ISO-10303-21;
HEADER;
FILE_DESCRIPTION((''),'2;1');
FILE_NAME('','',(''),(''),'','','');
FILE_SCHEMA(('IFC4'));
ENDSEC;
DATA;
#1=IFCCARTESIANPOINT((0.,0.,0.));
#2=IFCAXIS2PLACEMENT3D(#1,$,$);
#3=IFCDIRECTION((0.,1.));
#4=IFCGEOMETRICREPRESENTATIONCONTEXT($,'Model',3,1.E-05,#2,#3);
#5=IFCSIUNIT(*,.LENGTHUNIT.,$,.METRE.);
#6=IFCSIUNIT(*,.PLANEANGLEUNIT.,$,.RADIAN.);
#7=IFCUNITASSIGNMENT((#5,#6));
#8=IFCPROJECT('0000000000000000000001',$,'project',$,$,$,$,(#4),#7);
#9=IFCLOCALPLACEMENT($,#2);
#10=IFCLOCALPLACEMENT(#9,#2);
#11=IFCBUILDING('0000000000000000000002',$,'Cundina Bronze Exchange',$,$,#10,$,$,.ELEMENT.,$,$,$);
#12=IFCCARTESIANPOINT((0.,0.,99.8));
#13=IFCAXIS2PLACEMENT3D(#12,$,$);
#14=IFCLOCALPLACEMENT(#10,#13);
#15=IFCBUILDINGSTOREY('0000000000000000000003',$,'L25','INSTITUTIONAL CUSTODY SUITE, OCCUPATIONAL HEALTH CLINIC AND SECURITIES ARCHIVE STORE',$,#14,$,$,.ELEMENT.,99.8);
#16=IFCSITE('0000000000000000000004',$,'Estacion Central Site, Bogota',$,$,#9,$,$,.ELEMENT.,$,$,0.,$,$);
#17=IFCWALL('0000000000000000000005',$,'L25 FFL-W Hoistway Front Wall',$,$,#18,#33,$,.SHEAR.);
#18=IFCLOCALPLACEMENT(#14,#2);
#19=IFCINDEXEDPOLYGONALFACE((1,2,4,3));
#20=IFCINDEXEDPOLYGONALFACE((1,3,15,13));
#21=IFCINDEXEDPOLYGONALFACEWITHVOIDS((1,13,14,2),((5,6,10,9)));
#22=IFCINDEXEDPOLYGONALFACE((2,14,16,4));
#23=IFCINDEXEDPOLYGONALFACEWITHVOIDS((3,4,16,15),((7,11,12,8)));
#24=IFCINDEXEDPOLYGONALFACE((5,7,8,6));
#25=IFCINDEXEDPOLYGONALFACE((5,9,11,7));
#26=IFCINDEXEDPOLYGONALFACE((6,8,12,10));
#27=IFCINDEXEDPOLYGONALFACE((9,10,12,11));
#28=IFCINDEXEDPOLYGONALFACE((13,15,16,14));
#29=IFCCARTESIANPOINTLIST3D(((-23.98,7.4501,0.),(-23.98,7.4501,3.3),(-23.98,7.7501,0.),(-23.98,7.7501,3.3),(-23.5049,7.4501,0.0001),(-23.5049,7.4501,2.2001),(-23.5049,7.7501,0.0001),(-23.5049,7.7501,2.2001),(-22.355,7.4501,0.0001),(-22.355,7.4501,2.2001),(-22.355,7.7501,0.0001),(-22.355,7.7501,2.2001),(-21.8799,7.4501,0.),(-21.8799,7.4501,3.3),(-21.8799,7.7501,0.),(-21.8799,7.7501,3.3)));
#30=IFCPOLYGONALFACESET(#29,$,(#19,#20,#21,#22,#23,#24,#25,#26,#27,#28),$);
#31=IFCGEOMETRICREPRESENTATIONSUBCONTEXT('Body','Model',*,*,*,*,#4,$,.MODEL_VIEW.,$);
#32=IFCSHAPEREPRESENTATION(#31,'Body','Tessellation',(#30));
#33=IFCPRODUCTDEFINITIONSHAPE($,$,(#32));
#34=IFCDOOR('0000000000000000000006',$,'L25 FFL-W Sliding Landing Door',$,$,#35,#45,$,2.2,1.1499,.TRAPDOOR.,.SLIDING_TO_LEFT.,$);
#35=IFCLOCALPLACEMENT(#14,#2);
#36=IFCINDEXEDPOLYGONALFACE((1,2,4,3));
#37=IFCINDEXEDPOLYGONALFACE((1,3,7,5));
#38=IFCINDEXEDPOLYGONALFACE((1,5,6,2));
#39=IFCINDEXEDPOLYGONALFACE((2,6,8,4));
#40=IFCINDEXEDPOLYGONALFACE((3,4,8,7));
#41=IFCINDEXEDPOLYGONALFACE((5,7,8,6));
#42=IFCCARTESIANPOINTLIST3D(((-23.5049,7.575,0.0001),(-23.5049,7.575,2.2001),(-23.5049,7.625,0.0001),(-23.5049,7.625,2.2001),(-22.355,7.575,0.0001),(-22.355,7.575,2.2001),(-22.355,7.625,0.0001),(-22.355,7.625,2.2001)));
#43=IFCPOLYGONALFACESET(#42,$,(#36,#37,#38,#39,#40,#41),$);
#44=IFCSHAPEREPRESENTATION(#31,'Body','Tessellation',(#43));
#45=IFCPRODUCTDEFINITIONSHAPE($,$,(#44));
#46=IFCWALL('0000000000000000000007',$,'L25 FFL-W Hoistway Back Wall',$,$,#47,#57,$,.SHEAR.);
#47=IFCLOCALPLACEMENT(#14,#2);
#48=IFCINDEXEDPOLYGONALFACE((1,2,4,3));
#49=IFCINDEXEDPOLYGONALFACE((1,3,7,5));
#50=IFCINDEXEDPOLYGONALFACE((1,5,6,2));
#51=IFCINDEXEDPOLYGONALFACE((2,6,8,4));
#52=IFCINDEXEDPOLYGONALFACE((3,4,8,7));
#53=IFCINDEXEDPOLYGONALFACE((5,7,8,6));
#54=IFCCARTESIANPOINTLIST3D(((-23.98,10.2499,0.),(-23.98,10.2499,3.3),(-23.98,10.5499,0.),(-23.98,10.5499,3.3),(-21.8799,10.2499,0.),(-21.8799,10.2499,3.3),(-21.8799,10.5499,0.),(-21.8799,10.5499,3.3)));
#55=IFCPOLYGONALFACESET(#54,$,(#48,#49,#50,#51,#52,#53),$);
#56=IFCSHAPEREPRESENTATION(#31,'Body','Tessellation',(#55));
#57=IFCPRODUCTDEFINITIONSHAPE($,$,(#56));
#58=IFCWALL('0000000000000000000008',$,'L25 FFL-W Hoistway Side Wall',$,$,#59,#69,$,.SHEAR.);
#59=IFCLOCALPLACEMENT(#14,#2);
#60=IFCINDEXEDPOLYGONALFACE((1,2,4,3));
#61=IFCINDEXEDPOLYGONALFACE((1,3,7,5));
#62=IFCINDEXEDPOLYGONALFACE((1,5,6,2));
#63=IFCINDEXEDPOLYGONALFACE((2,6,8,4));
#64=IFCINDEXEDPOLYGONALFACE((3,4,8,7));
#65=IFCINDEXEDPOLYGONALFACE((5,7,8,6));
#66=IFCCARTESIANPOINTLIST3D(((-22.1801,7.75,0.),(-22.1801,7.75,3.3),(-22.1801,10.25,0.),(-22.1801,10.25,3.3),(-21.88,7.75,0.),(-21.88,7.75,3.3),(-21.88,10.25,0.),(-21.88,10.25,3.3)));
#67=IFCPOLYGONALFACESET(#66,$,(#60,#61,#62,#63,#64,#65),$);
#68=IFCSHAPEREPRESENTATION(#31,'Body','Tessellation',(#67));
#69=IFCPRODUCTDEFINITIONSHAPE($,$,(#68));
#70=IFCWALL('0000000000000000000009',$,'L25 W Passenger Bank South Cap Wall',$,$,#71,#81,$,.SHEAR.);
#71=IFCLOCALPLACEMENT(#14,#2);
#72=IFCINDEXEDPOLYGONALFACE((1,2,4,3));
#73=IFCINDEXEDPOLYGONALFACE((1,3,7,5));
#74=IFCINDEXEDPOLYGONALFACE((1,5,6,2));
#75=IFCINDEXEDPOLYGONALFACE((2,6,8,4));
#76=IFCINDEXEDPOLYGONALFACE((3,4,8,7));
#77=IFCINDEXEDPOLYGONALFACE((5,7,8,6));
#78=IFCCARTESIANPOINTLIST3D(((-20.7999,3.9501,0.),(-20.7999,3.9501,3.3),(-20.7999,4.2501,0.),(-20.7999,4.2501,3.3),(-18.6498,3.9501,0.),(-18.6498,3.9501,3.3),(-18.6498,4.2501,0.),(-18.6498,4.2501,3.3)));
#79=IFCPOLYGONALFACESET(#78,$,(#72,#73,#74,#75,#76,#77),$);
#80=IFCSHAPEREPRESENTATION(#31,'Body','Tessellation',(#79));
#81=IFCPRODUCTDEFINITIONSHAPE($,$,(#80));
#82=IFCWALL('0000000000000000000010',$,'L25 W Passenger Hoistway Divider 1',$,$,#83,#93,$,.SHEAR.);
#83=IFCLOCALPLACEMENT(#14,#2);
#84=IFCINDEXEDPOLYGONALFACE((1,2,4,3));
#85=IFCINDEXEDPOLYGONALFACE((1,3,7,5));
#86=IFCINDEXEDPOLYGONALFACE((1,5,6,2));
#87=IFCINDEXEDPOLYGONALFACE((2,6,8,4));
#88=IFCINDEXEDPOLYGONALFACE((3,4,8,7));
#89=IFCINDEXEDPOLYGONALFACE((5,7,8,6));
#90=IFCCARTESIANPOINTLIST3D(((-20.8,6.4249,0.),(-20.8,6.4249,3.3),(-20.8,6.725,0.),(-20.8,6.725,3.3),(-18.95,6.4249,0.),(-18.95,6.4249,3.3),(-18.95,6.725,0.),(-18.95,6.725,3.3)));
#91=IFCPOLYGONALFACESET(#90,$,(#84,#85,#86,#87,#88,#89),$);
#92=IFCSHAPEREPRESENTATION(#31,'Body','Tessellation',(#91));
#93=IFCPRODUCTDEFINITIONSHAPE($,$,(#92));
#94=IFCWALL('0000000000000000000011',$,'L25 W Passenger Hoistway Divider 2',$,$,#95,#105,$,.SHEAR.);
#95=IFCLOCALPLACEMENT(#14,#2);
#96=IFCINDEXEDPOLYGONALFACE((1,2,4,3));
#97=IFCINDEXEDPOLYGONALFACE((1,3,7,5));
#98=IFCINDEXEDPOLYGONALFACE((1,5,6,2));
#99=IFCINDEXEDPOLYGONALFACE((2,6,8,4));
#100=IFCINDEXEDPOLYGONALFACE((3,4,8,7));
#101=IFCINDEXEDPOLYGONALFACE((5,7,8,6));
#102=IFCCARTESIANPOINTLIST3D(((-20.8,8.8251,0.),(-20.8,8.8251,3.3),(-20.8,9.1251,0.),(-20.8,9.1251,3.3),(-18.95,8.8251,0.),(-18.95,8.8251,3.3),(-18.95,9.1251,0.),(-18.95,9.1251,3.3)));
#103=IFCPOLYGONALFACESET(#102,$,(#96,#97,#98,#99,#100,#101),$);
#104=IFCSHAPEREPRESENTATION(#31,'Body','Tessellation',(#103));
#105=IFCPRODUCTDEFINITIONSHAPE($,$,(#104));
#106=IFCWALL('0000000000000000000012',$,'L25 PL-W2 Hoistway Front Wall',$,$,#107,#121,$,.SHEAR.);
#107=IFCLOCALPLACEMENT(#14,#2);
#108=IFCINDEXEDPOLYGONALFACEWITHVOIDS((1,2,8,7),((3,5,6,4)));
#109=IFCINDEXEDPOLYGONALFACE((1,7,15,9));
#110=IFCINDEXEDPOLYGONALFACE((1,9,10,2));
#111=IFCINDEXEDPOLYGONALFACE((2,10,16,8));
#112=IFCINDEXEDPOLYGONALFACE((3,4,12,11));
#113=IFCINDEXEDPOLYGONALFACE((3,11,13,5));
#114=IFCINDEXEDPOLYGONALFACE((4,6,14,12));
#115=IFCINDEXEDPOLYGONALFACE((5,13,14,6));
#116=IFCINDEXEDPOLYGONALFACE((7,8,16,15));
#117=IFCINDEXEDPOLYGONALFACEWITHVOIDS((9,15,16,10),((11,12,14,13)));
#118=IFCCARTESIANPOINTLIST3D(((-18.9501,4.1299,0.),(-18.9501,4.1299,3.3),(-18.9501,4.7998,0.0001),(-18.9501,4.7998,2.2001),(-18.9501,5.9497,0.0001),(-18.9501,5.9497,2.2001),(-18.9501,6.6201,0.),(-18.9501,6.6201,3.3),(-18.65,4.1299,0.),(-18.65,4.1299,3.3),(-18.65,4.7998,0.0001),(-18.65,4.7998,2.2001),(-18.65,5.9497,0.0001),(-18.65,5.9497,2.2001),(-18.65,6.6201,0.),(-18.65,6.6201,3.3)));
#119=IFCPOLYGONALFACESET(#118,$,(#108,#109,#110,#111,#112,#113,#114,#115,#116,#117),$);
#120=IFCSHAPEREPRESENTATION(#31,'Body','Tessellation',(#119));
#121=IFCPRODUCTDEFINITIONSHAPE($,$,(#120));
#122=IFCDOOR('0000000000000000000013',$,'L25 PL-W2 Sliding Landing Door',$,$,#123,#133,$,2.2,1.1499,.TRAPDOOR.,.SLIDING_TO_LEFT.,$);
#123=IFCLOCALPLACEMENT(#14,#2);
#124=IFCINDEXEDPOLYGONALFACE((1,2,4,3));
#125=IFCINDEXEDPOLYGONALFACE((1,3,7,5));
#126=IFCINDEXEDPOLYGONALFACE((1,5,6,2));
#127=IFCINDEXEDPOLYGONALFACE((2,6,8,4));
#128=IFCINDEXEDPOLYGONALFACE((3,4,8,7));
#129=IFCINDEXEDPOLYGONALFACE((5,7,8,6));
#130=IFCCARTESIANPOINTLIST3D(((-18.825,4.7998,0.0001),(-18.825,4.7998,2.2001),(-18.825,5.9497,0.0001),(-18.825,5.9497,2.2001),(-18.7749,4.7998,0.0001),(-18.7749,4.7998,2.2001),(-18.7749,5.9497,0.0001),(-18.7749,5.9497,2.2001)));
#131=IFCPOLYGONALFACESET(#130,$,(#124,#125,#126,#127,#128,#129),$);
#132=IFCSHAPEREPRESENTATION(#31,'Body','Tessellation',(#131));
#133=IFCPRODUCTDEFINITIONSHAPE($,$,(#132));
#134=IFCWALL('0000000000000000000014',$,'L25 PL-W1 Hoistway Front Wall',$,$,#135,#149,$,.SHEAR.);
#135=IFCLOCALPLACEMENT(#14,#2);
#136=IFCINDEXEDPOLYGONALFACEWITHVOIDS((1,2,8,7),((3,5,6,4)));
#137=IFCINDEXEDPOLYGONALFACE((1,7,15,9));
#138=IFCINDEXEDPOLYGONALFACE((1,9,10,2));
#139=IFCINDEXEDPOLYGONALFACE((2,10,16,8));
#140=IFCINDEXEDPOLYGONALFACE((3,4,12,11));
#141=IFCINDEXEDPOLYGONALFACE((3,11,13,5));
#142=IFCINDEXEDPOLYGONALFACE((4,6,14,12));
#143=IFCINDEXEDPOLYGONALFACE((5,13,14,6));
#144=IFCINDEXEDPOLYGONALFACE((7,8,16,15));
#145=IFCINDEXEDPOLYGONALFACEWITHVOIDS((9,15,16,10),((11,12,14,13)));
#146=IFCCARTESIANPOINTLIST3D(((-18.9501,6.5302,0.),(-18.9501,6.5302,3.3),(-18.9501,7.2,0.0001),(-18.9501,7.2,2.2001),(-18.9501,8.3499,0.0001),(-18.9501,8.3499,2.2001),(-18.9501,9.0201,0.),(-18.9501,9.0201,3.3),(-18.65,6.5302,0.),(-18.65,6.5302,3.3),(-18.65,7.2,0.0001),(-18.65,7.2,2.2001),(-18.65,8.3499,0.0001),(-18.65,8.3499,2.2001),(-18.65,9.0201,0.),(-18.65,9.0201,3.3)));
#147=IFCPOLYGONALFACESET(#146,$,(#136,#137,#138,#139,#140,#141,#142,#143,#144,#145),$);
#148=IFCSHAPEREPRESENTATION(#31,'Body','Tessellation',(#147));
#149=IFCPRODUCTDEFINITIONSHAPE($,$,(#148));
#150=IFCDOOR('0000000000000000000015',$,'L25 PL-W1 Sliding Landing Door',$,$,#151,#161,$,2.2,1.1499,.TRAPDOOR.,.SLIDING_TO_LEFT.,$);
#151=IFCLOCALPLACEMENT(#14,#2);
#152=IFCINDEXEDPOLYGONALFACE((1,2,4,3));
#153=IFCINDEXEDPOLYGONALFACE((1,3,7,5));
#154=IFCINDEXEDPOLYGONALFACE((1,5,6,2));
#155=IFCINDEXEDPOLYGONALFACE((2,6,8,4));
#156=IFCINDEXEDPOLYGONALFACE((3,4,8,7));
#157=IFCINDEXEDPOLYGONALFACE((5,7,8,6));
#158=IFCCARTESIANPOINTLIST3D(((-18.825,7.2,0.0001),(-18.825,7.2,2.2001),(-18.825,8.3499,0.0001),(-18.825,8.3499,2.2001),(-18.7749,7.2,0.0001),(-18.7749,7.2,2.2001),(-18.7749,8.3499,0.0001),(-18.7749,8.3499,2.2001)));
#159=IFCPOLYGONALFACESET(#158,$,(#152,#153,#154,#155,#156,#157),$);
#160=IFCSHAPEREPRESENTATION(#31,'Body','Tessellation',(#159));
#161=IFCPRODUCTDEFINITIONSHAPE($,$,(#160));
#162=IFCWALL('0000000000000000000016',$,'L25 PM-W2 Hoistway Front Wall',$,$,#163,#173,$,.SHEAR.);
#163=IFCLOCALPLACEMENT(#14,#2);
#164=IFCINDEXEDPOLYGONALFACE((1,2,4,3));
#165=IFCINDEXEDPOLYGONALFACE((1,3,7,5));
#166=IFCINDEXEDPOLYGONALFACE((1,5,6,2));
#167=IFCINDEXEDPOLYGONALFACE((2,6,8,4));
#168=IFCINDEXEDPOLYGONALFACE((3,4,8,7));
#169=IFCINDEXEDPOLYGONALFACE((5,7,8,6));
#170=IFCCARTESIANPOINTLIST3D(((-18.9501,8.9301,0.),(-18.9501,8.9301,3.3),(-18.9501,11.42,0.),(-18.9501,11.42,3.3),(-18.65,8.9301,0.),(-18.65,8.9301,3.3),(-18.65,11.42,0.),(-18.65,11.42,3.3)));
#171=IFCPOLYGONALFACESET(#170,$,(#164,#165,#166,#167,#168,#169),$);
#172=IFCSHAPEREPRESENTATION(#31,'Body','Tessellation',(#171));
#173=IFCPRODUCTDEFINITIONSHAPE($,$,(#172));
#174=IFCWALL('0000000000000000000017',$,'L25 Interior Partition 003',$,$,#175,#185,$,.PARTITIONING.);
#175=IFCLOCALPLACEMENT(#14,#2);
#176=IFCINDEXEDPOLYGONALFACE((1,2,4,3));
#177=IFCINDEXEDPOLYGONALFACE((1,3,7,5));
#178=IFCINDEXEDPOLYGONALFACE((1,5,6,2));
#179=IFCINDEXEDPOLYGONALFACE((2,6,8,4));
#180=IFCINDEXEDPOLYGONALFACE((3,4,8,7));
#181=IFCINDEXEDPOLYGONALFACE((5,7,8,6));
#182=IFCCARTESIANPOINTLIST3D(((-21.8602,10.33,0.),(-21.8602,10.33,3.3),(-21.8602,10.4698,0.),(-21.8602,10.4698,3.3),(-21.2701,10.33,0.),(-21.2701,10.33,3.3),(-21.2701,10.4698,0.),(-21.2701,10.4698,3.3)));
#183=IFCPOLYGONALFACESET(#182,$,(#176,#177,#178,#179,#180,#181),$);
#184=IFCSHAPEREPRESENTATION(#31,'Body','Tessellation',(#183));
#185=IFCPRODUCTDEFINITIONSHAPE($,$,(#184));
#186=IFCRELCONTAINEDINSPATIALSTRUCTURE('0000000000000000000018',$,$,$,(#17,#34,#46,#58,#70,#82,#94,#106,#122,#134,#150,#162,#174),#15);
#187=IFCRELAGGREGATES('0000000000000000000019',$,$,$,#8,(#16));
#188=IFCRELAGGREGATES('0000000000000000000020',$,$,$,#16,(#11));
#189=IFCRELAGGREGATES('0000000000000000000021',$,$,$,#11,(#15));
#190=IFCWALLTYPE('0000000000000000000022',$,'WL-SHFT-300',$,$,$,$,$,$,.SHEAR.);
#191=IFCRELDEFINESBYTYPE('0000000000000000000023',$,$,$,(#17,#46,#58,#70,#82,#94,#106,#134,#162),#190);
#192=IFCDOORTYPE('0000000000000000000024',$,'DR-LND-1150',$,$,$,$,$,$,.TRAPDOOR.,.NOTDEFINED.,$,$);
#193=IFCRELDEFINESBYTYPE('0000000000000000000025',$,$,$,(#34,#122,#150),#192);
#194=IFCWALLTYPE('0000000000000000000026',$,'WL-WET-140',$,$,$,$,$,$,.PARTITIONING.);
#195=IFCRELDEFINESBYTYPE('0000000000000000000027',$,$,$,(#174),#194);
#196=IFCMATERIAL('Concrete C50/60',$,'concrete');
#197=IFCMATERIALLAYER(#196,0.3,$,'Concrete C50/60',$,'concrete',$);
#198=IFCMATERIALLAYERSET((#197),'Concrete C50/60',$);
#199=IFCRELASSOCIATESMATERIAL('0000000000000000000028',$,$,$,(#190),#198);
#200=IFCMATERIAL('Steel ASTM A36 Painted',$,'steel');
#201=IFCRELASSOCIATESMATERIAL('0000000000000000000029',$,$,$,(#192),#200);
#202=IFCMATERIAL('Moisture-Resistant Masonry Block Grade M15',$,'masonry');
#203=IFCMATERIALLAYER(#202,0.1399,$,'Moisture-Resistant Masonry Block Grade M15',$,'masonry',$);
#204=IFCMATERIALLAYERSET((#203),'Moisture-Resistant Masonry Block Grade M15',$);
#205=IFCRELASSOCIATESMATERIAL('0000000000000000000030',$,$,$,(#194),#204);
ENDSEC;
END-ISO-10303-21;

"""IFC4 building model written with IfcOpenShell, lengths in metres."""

from ifc_helpers import new_model, si_unit, direction, frame, frame_2d, origin, place, context, subcontext, project, spatial, rectangle, extrude, material, layer, layer_set, type_object, element, fill, save


model = new_model("IFC4")

# Units and contexts
model_context = context("Model", 3, precision=1e-05, world=origin(), true_north=direction((0.0, 1.0)))
body_context = subcontext(model_context, "Body", "Model", "MODEL_VIEW")
ifc_project = project(units=[si_unit("LENGTHUNIT", "METRE"), si_unit("PLANEANGLEUNIT", "RADIAN")], contexts=[model_context])

# Site, building, storey
site_placement = place(None, origin())
site = spatial("IfcSite", under=ifc_project, at=site_placement, Name="Estacion Central Site, Bogota", CompositionType="ELEMENT", RefElevation=0.0)
building_placement = place(site_placement, origin())
building = spatial("IfcBuilding", under=site, at=building_placement, Name="Cundina Bronze Exchange", CompositionType="ELEMENT")
storey_placement = place(building_placement, frame((0.0, 0.0, 99.8)))
storey = spatial("IfcBuildingStorey", under=building, at=storey_placement, Name="L25", Description="INSTITUTIONAL CUSTODY SUITE, OCCUPATIONAL HEALTH CLINIC AND SECURITIES ARCHIVE STORE", CompositionType="ELEMENT", Elevation=99.8)

# Shared definitions
ifc_material_1 = material(Name="Concrete C50/60", Category="concrete")
ifc_layer_1 = layer(ifc_material_1, 0.3, Name="Concrete C50/60", Category="concrete")
ifc_layer_set_1 = layer_set([ifc_layer_1], Name="Concrete C50/60")
wall_type_1 = type_object("IfcWallType", Name="WL-SHFT-300", PredefinedType="SHEAR", material=ifc_layer_set_1)

# Wall, opening, door
wall_1_placement = place(storey_placement, frame((-23.98, 7.6001, 0.0), z_axis=(0.0, 0.0, 1.0), x_axis=(1.0, 0.0, 0.0)))
wall_1 = element("IfcWall", 1, at=wall_1_placement, inside=storey, type_object=wall_type_1, Name="L25 FFL-W Hoistway Front Wall", PredefinedType="SHEAR", context=body_context, shape_type="SweptSolid", body=[
    extrude(rectangle(XDim=2.1001, YDim=0.3, at=frame_2d((1.05, 0.0))), origin(), (0.0, 0.0, 1.0), 3.3),
])
opening_1_placement = place(wall_1_placement, frame((0.4751, 0.0, 0.0)))
opening_1 = element("IfcOpeningElement", 2, at=opening_1_placement, cuts=wall_1, PredefinedType="OPENING", context=body_context, shape_type="SweptSolid", body=[
    extrude(rectangle(XDim=1.1499, YDim=2.2, at=frame_2d((0.575, 1.1001))), frame((0.0, 0.1599, 0.0), z_axis=(0.0, -1.0, 0.0), x_axis=(1.0, 0.0, 0.0)), (0.0, 0.0, 1.0), 0.3201),
])
ifc_material_2 = material(Name="Steel ASTM A36 Painted", Category="steel")
door_type = type_object("IfcDoorType", Name="DR-LND-1150", OperationType="NOTDEFINED", PredefinedType="TRAPDOOR", material=ifc_material_2)
door_1_placement = place(opening_1_placement, origin())
door_1 = element("IfcDoor", 3, at=door_1_placement, inside=storey, type_object=door_type, Name="L25 FFL-W Sliding Landing Door", OperationType="SLIDING_TO_LEFT", OverallHeight=2.2, OverallWidth=1.1499, PredefinedType="TRAPDOOR", context=body_context, shape_type="SweptSolid", body=[
    extrude(rectangle(XDim=1.1499, YDim=2.2, at=frame_2d((0.575, 1.1001))), frame((0.0, 0.0249, 0.0), z_axis=(0.0, -1.0, 0.0), x_axis=(1.0, 0.0, 0.0)), (0.0, 0.0, 1.0), 0.05),
])
fill(opening_1, door_1)

# Walls
wall_2_placement = place(storey_placement, frame((-23.98, 10.3999, 0.0), z_axis=(0.0, 0.0, 1.0), x_axis=(1.0, 0.0, 0.0)))
element("IfcWall", 4, at=wall_2_placement, inside=storey, type_object=wall_type_1, Name="L25 FFL-W Hoistway Back Wall", PredefinedType="SHEAR", context=body_context, shape_type="SweptSolid", body=[
    extrude(rectangle(XDim=2.1001, YDim=0.3, at=frame_2d((1.05, 0.0))), origin(), (0.0, 0.0, 1.0), 3.3),
])
wall_3_placement = place(storey_placement, frame((-22.03, 7.75, 0.0), z_axis=(0.0, 0.0, 1.0), x_axis=(0.0, 1.0, 0.0)))
element("IfcWall", 5, at=wall_3_placement, inside=storey, type_object=wall_type_1, Name="L25 FFL-W Hoistway Side Wall", PredefinedType="SHEAR", context=body_context, shape_type="SweptSolid", body=[
    extrude(rectangle(XDim=2.5, YDim=0.3, at=frame_2d((1.25, 0.0))), origin(), (0.0, 0.0, 1.0), 3.3),
])
wall_4_placement = place(storey_placement, frame((-20.8, 4.1001, 0.0), z_axis=(0.0, 0.0, 1.0), x_axis=(1.0, 0.0, 0.0)))
element("IfcWall", 6, at=wall_4_placement, inside=storey, type_object=wall_type_1, Name="L25 W Passenger Bank South Cap Wall", PredefinedType="SHEAR", context=body_context, shape_type="SweptSolid", body=[
    extrude(rectangle(XDim=2.1501, YDim=0.3, at=frame_2d((1.0752, 0.0))), origin(), (0.0, 0.0, 1.0), 3.3),
])
for number, where, z_axis, x_axis, name in (
    (7, (-20.8, 6.575, 0.0), (0.0, 0.0, 1.0), (1.0, 0.0, 0.0), "L25 W Passenger Hoistway Divider 1"),
    (8, (-20.8, 8.9751, 0.0), (0.0, 0.0, 1.0), (1.0, 0.0, 0.0), "L25 W Passenger Hoistway Divider 2"),
):
    element("IfcWall", number, at=place(storey_placement, frame(where, z_axis=z_axis, x_axis=x_axis)), inside=storey, type_object=wall_type_1, Name=name, PredefinedType="SHEAR", context=body_context, shape_type="SweptSolid", body=[
        extrude(rectangle(XDim=1.8501, YDim=0.3, at=frame_2d((0.925, 0.0))), origin(), (0.0, 0.0, 1.0), 3.3),
    ])

# Walls, openings, doors
wall_5_placement = place(storey_placement, frame((-18.8, 4.1299, 0.0), z_axis=(0.0, 0.0, 1.0), x_axis=(0.0, 1.0, 0.0)))
wall_5 = element("IfcWall", 9, at=wall_5_placement, inside=storey, type_object=wall_type_1, Name="L25 PL-W2 Hoistway Front Wall", PredefinedType="SHEAR", context=body_context, shape_type="SweptSolid", body=[
    extrude(rectangle(XDim=2.4902, YDim=0.3, at=frame_2d((1.2451, 0.0))), origin(), (0.0, 0.0, 1.0), 3.3),
])
opening_2_placement = place(wall_5_placement, frame((0.6699, 0.0, 0.0)))
opening_2 = element("IfcOpeningElement", 10, at=opening_2_placement, cuts=wall_5, PredefinedType="OPENING", context=body_context, shape_type="SweptSolid", body=[
    extrude(rectangle(XDim=1.1499, YDim=2.2, at=frame_2d((0.575, 1.1001))), frame((0.0, 0.1599, 0.0), z_axis=(0.0, -1.0, 0.0), x_axis=(1.0, 0.0, 0.0)), (0.0, 0.0, 1.0), 0.3201),
])
door_2_placement = place(opening_2_placement, origin())
door_2 = element("IfcDoor", 11, at=door_2_placement, inside=storey, type_object=door_type, Name="L25 PL-W2 Sliding Landing Door", OperationType="SLIDING_TO_LEFT", OverallHeight=2.2, OverallWidth=1.1499, PredefinedType="TRAPDOOR", context=body_context, shape_type="SweptSolid", body=[
    extrude(rectangle(XDim=1.1499, YDim=2.2, at=frame_2d((0.575, 1.1001))), frame((0.0, 0.0249, 0.0), z_axis=(0.0, -1.0, 0.0), x_axis=(1.0, 0.0, 0.0)), (0.0, 0.0, 1.0), 0.05),
])
fill(opening_2, door_2)
wall_6_placement = place(storey_placement, frame((-18.8, 6.53, 0.0), z_axis=(0.0, 0.0, 1.0), x_axis=(0.0, 1.0, 0.0)))
wall_6 = element("IfcWall", 12, at=wall_6_placement, inside=storey, type_object=wall_type_1, Name="L25 PL-W1 Hoistway Front Wall", PredefinedType="SHEAR", context=body_context, shape_type="SweptSolid", body=[
    extrude(rectangle(XDim=2.49, YDim=0.3, at=frame_2d((1.2451, 0.0))), origin(), (0.0, 0.0, 1.0), 3.3),
])
opening_3_placement = place(wall_6_placement, frame((0.6699, 0.0, 0.0)))
opening_3 = element("IfcOpeningElement", 13, at=opening_3_placement, cuts=wall_6, PredefinedType="OPENING", context=body_context, shape_type="SweptSolid", body=[
    extrude(rectangle(XDim=1.1499, YDim=2.2, at=frame_2d((0.575, 1.1001))), frame((0.0, 0.1599, 0.0), z_axis=(0.0, -1.0, 0.0), x_axis=(1.0, 0.0, 0.0)), (0.0, 0.0, 1.0), 0.3201),
])
door_3_placement = place(opening_3_placement, origin())
door_3 = element("IfcDoor", 14, at=door_3_placement, inside=storey, type_object=door_type, Name="L25 PL-W1 Sliding Landing Door", OperationType="SLIDING_TO_LEFT", OverallHeight=2.2, OverallWidth=1.1499, PredefinedType="TRAPDOOR", context=body_context, shape_type="SweptSolid", body=[
    extrude(rectangle(XDim=1.1499, YDim=2.2, at=frame_2d((0.575, 1.1001))), frame((0.0, 0.0249, 0.0), z_axis=(0.0, -1.0, 0.0), x_axis=(1.0, 0.0, 0.0)), (0.0, 0.0, 1.0), 0.05),
])
fill(opening_3, door_3)

# Walls
wall_7_placement = place(storey_placement, frame((-18.8, 8.9299, 0.0), z_axis=(0.0, 0.0, 1.0), x_axis=(0.0, 1.0, 0.0)))
element("IfcWall", 15, at=wall_7_placement, inside=storey, type_object=wall_type_1, Name="L25 PM-W2 Hoistway Front Wall", PredefinedType="SHEAR", context=body_context, shape_type="SweptSolid", body=[
    extrude(rectangle(XDim=2.49, YDim=0.3, at=frame_2d((1.2451, 0.0))), origin(), (0.0, 0.0, 1.0), 3.3),
])
ifc_material_3 = material(Name="Moisture-Resistant Masonry Block Grade M15", Category="masonry")
ifc_layer_2 = layer(ifc_material_3, 0.1399, Name="Moisture-Resistant Masonry Block Grade M15", Category="masonry")
ifc_layer_set_2 = layer_set([ifc_layer_2], Name="Moisture-Resistant Masonry Block Grade M15")
wall_type_2 = type_object("IfcWallType", Name="WL-WET-140", PredefinedType="PARTITIONING", material=ifc_layer_set_2)
wall_8_placement = place(storey_placement, frame((-21.8601, 10.3999, 0.0), z_axis=(0.0, 0.0, 1.0), x_axis=(1.0, 0.0, 0.0)))
element("IfcWall", 16, at=wall_8_placement, inside=storey, type_object=wall_type_2, Name="L25 Interior Partition 003", PredefinedType="PARTITIONING", context=body_context, shape_type="SweptSolid", body=[
    extrude(rectangle(XDim=0.5901, YDim=0.1399, at=frame_2d((0.2949, 0.0))), origin(), (0.0, 0.0, 1.0), 3.3),
])

save(model, "model.ifc")
